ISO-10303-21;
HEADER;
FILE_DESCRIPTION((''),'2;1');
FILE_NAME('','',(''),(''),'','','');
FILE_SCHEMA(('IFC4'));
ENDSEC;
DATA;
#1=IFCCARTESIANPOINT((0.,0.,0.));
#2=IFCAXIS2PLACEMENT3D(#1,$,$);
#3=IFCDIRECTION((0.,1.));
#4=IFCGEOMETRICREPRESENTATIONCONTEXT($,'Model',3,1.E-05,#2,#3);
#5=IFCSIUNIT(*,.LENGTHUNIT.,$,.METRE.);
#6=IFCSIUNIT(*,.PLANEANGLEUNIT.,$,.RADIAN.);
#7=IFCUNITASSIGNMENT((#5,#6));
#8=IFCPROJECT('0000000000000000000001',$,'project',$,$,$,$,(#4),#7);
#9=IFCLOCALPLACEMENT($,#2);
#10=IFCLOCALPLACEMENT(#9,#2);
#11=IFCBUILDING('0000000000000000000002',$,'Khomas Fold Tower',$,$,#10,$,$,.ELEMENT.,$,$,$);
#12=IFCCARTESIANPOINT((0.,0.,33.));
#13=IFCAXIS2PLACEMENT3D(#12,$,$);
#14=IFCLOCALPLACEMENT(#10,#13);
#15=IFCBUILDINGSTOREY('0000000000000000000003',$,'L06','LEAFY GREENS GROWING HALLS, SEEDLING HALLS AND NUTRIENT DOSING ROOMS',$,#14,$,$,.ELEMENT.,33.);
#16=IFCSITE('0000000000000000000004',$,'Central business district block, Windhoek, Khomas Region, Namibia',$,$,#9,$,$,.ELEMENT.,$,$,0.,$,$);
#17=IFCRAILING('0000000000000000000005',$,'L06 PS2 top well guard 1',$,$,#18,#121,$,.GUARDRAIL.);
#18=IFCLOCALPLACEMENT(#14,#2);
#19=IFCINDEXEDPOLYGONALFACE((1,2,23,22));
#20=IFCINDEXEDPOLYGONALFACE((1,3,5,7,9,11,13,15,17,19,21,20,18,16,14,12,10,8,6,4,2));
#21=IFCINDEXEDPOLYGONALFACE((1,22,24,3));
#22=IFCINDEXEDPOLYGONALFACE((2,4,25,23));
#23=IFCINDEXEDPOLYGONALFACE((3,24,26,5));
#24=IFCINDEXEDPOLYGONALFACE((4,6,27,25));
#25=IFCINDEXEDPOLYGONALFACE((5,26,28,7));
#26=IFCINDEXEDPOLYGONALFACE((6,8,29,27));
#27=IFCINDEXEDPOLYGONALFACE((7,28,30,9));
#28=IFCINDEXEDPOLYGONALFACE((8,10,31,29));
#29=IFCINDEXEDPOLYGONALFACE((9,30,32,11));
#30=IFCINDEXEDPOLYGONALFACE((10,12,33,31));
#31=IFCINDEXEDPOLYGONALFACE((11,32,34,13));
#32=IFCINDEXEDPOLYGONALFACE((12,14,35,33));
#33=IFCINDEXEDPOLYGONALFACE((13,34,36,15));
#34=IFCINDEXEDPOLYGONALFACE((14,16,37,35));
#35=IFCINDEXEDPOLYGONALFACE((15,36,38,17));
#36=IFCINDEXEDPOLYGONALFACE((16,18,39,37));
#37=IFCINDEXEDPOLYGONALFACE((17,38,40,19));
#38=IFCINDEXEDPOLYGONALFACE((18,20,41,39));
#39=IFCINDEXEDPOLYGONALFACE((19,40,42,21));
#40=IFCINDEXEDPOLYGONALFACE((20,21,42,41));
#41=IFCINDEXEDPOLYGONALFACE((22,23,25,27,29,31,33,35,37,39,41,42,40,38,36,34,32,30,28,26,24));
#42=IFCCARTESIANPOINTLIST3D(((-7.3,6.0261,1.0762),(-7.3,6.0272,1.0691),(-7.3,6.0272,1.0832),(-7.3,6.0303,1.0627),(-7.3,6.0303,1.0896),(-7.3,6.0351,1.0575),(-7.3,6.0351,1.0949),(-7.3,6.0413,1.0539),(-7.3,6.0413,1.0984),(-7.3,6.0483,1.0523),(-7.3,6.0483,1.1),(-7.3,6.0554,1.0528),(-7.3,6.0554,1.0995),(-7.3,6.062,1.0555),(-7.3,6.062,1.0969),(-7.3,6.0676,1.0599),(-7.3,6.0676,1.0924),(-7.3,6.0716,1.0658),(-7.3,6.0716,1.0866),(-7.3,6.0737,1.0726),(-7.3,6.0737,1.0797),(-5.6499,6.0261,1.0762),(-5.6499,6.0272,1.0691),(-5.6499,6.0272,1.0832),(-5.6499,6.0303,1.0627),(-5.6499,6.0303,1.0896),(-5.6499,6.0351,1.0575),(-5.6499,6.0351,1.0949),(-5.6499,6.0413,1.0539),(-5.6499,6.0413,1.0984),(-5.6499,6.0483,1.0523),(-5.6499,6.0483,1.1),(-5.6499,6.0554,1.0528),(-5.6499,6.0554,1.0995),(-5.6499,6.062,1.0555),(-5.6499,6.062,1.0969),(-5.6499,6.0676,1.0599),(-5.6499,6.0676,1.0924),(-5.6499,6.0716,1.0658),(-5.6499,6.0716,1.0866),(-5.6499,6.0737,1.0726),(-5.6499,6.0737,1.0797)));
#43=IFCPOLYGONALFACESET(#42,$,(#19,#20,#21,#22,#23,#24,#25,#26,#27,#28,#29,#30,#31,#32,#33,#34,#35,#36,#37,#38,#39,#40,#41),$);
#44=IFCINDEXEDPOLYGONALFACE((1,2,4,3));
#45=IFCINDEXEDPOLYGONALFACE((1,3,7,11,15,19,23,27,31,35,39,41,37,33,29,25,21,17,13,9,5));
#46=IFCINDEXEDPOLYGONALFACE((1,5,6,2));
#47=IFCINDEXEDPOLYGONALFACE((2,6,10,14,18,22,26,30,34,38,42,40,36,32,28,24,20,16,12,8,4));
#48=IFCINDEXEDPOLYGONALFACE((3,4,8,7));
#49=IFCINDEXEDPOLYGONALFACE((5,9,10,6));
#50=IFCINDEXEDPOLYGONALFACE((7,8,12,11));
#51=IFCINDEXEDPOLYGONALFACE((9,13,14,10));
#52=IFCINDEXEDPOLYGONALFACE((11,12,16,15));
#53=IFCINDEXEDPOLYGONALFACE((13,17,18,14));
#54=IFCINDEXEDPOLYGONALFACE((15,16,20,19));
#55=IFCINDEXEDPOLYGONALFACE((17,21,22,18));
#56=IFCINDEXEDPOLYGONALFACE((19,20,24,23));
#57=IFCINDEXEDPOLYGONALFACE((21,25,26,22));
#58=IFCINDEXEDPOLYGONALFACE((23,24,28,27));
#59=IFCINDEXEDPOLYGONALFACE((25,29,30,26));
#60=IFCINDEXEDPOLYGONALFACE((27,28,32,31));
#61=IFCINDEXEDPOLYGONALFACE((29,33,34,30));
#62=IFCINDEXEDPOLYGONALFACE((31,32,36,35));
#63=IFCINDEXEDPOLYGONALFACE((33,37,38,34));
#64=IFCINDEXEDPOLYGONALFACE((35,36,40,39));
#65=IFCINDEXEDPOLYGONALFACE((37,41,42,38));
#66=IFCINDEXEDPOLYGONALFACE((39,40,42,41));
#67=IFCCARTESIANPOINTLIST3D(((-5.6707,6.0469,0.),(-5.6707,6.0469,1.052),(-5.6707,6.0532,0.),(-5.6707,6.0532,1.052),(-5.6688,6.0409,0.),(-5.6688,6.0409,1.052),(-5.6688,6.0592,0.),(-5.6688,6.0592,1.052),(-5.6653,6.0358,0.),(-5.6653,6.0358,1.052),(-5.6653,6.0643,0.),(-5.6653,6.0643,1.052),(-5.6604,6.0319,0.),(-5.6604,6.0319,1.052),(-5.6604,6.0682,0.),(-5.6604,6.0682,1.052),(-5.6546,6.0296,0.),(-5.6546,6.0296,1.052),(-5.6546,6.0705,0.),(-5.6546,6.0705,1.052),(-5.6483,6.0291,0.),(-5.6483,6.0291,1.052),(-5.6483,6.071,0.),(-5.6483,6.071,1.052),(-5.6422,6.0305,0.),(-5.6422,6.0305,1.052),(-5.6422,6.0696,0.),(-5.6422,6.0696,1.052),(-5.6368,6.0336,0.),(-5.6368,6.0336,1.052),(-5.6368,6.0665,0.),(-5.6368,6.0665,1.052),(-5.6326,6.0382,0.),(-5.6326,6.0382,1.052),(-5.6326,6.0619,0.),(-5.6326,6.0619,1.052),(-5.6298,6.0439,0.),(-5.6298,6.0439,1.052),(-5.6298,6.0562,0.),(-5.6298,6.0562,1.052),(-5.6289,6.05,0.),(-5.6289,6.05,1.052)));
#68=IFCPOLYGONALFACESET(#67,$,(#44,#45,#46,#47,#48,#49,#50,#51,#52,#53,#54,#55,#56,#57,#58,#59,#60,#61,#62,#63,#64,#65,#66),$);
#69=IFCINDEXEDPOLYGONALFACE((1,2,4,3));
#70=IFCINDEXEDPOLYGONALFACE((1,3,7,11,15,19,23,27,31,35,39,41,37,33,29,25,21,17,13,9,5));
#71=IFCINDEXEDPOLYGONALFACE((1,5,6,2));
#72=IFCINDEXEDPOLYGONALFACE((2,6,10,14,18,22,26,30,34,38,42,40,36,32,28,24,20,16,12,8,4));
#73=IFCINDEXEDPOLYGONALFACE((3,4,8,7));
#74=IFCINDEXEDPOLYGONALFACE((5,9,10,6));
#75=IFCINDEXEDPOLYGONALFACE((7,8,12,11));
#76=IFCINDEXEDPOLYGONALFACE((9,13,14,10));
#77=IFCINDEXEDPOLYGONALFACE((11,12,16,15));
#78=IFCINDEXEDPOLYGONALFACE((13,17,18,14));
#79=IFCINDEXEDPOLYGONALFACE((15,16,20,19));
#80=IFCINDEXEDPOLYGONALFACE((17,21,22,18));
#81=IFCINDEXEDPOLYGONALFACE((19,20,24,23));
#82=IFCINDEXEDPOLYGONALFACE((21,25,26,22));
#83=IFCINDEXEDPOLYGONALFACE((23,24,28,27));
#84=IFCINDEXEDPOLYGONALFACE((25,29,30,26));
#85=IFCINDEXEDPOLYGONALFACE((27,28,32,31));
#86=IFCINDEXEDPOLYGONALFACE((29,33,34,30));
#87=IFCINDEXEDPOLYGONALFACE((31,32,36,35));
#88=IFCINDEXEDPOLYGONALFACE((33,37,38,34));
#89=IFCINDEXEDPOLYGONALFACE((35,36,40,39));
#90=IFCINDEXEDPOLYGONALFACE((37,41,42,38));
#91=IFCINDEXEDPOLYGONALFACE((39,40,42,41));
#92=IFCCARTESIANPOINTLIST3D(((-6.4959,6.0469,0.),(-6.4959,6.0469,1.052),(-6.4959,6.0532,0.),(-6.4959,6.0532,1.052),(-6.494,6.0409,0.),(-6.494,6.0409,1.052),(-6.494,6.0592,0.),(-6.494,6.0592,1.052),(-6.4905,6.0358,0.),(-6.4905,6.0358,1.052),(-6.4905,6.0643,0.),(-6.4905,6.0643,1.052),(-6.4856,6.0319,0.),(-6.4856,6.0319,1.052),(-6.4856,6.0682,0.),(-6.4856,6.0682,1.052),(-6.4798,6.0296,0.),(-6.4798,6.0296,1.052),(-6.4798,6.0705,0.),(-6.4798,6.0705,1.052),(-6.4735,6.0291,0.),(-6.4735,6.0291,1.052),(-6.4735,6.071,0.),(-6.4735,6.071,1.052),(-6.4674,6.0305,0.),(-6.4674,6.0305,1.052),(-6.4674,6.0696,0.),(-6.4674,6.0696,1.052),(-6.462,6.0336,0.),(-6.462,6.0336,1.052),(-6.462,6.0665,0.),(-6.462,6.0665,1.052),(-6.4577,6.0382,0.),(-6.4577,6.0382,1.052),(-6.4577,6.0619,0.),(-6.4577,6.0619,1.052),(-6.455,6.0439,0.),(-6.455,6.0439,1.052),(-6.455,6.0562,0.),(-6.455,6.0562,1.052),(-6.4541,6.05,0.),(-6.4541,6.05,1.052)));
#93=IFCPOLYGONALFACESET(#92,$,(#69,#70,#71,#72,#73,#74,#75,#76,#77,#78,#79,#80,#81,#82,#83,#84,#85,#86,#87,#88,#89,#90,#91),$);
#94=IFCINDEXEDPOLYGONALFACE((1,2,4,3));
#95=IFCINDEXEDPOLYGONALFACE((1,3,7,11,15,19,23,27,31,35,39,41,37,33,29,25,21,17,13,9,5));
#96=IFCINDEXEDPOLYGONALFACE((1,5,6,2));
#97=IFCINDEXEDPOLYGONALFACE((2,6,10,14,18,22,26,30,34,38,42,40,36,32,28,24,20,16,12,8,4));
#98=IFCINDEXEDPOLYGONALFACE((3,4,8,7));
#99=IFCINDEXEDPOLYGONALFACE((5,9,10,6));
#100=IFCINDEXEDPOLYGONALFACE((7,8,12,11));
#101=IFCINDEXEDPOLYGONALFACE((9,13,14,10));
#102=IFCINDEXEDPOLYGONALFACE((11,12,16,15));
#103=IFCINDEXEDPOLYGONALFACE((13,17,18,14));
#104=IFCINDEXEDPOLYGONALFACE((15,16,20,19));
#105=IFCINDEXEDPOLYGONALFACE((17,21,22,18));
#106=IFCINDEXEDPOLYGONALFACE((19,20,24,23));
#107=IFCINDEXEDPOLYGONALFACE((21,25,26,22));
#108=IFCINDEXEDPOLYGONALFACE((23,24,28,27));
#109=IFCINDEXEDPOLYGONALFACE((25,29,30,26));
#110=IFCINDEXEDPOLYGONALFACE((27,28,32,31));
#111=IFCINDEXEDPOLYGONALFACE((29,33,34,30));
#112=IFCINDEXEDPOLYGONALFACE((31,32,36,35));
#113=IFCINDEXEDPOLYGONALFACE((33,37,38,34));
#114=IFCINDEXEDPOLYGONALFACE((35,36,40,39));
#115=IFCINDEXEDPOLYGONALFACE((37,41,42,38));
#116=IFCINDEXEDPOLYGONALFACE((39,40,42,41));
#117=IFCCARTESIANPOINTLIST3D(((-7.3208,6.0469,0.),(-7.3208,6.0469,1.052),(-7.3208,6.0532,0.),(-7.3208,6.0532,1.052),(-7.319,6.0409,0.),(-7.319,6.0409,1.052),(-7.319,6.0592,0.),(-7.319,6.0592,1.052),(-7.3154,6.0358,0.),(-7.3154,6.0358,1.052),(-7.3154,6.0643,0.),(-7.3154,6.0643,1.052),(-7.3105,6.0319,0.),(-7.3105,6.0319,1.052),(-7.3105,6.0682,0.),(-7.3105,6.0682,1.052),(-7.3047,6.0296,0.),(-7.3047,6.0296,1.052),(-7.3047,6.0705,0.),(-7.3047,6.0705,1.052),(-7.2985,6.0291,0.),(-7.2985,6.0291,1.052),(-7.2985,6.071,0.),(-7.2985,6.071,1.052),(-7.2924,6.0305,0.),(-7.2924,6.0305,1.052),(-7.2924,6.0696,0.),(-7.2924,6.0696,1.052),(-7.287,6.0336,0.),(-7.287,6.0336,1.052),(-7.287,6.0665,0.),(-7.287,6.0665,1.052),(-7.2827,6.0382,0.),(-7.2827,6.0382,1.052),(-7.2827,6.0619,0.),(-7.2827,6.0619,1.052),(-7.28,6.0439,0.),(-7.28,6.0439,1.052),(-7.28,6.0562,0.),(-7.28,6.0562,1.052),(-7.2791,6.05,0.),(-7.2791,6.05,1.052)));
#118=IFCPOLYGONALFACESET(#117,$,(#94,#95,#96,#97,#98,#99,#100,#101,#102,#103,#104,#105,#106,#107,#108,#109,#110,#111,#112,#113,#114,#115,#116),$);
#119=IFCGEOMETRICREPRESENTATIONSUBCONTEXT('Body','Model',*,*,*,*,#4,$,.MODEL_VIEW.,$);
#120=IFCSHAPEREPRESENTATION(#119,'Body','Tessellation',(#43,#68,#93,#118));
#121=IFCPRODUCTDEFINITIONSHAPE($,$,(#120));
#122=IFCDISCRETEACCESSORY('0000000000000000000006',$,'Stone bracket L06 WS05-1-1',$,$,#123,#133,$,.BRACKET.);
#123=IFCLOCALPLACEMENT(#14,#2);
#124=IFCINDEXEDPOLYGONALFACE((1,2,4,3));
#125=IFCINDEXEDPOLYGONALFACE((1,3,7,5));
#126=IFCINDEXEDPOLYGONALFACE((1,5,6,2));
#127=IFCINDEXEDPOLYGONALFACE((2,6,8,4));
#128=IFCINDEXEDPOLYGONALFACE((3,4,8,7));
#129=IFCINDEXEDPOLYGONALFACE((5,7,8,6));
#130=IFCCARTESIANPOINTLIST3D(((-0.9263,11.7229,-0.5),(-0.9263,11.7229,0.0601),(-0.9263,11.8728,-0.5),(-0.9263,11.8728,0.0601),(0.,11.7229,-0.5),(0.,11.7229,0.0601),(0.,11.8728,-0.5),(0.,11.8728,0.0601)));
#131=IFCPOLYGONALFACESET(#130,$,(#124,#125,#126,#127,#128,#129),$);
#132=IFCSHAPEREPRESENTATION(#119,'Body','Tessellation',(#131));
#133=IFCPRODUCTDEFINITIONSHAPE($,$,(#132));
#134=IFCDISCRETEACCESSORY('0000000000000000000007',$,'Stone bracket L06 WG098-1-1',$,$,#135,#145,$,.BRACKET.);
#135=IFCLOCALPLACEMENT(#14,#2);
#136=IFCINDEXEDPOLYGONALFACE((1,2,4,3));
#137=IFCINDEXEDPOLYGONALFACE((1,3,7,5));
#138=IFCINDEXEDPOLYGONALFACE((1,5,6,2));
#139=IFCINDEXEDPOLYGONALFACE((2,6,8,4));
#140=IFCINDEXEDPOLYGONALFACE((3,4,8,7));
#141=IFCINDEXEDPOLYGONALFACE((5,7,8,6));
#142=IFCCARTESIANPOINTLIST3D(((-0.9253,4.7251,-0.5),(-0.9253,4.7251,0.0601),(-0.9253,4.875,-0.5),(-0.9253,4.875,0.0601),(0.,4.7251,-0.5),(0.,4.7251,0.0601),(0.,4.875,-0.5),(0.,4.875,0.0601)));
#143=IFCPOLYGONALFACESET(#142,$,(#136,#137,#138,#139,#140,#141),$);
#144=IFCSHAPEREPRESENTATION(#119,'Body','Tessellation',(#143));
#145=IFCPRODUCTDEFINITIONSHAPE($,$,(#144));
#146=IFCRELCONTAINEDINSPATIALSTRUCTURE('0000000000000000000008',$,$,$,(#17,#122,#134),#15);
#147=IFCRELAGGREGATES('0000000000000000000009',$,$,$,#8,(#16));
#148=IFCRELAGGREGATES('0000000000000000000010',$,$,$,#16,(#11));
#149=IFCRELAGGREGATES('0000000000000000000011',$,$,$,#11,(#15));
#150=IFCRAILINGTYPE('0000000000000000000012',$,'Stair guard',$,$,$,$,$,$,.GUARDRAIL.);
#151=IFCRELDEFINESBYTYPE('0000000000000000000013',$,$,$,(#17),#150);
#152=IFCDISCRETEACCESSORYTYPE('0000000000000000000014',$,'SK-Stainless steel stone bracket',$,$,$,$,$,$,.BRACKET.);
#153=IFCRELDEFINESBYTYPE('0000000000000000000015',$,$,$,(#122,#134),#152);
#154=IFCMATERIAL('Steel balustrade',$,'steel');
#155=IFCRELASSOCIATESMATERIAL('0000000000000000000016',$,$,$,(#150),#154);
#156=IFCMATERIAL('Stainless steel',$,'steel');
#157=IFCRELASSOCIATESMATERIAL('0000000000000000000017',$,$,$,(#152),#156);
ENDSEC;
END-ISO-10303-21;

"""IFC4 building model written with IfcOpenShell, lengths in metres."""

from ifc_helpers import new_model, si_unit, direction, frame, origin, origin_2d, place, context, subcontext, project, spatial, rectangle, circle, extrude, source, transform, mapped, material, type_object, element, save


model = new_model("IFC4")

# Units and contexts
model_context = context("Model", 3, precision=1e-05, world=origin(), true_north=direction((0.0, 1.0)))
body_context = subcontext(model_context, "Body", "Model", "MODEL_VIEW")
ifc_project = project(units=[si_unit("LENGTHUNIT", "METRE"), si_unit("PLANEANGLEUNIT", "RADIAN")], contexts=[model_context])

# Site, building, storey
site_placement = place(None, origin())
site = spatial("IfcSite", under=ifc_project, at=site_placement, Name="Central business district block, Windhoek, Khomas Region, Namibia", CompositionType="ELEMENT", RefElevation=0.0)
building_placement = place(site_placement, origin())
building = spatial("IfcBuilding", under=site, at=building_placement, Name="Khomas Fold Tower", CompositionType="ELEMENT")
storey_placement = place(building_placement, frame((0.0, 0.0, 33.0)))
storey = spatial("IfcBuildingStorey", under=building, at=storey_placement, Name="L06", Description="LEAFY GREENS GROWING HALLS, SEEDLING HALLS AND NUTRIENT DOSING ROOMS", CompositionType="ELEMENT", Elevation=33.0)

# Railing
ifc_material_1 = material(Name="Steel balustrade", Category="steel")
railing_type_1 = type_object("IfcRailingType", Name="Stair guard", PredefinedType="GUARDRAIL", material=ifc_material_1)
shared_shape_1 = source(origin(), body_context, "Body", "SweptSolid", [
    extrude(circle(Radius=0.0239, at=origin_2d()), frame((0.0, 0.0, 1.0762), z_axis=(-1.0, 0.0, 0.0), x_axis=(0.0, -1.0, 0.0)), (0.0, 0.0, 1.0), 1.6501),
    extrude(circle(Radius=0.021, at=origin_2d()), origin(), (0.0, 0.0, 1.0), 1.052),
    extrude(circle(Radius=0.021, at=origin_2d()), frame((-0.8252, 0.0, 0.0)), (0.0, 0.0, 1.0), 1.052),
    extrude(circle(Radius=0.021, at=origin_2d()), frame((-1.6501, 0.0, 0.0)), (0.0, 0.0, 1.0), 1.052),
])
railing_1_placement = place(storey_placement, frame((-5.6499, 6.05, 0.0)))
element("IfcRailing", 1, at=railing_1_placement, inside=storey, type_object=railing_type_1, Name="L06 PS2 top well guard 1", PredefinedType="GUARDRAIL", context=body_context, shape_type="MappedRepresentation", body=[
    mapped(shared_shape_1, transform((0.0, 0.0, 0.0))),
])

# Discrete accessories
ifc_material_2 = material(Name="Stainless steel", Category="steel")
discrete_accessory_type = type_object("IfcDiscreteAccessoryType", Name="SK-Stainless steel stone bracket", PredefinedType="BRACKET", material=ifc_material_2)
shared_shape_2 = source(origin(), body_context, "Body", "SweptSolid", [
    extrude(rectangle(XDim=0.9263, YDim=0.1499, at=origin_2d()), origin(), (0.0, 0.0, 1.0), 0.5601),
])
discrete_accessory_1_placement = place(storey_placement, frame((-0.4631, 11.7979, -0.5), z_axis=(0.0, 0.0, 1.0), x_axis=(-1.0, 0.0, 0.0)))
element("IfcDiscreteAccessory", 2, at=discrete_accessory_1_placement, inside=storey, type_object=discrete_accessory_type, Name="Stone bracket L06 WS05-1-1", PredefinedType="BRACKET", context=body_context, shape_type="MappedRepresentation", body=[
    mapped(shared_shape_2, transform((0.0, 0.0, 0.0))),
])
shared_shape_3 = source(origin(), body_context, "Body", "SweptSolid", [
    extrude(rectangle(XDim=0.9253, YDim=0.1499, at=origin_2d()), origin(), (0.0, 0.0, 1.0), 0.5601),
])
discrete_accessory_2_placement = place(storey_placement, frame((-0.4626, 4.8, -0.5), z_axis=(0.0, 0.0, 1.0), x_axis=(-1.0, 0.0, 0.0)))
element("IfcDiscreteAccessory", 3, at=discrete_accessory_2_placement, inside=storey, type_object=discrete_accessory_type, Name="Stone bracket L06 WG098-1-1", PredefinedType="BRACKET", context=body_context, shape_type="MappedRepresentation", body=[
    mapped(shared_shape_3, transform((0.0, 0.0, 0.0))),
])

save(model, "model.ifc")
